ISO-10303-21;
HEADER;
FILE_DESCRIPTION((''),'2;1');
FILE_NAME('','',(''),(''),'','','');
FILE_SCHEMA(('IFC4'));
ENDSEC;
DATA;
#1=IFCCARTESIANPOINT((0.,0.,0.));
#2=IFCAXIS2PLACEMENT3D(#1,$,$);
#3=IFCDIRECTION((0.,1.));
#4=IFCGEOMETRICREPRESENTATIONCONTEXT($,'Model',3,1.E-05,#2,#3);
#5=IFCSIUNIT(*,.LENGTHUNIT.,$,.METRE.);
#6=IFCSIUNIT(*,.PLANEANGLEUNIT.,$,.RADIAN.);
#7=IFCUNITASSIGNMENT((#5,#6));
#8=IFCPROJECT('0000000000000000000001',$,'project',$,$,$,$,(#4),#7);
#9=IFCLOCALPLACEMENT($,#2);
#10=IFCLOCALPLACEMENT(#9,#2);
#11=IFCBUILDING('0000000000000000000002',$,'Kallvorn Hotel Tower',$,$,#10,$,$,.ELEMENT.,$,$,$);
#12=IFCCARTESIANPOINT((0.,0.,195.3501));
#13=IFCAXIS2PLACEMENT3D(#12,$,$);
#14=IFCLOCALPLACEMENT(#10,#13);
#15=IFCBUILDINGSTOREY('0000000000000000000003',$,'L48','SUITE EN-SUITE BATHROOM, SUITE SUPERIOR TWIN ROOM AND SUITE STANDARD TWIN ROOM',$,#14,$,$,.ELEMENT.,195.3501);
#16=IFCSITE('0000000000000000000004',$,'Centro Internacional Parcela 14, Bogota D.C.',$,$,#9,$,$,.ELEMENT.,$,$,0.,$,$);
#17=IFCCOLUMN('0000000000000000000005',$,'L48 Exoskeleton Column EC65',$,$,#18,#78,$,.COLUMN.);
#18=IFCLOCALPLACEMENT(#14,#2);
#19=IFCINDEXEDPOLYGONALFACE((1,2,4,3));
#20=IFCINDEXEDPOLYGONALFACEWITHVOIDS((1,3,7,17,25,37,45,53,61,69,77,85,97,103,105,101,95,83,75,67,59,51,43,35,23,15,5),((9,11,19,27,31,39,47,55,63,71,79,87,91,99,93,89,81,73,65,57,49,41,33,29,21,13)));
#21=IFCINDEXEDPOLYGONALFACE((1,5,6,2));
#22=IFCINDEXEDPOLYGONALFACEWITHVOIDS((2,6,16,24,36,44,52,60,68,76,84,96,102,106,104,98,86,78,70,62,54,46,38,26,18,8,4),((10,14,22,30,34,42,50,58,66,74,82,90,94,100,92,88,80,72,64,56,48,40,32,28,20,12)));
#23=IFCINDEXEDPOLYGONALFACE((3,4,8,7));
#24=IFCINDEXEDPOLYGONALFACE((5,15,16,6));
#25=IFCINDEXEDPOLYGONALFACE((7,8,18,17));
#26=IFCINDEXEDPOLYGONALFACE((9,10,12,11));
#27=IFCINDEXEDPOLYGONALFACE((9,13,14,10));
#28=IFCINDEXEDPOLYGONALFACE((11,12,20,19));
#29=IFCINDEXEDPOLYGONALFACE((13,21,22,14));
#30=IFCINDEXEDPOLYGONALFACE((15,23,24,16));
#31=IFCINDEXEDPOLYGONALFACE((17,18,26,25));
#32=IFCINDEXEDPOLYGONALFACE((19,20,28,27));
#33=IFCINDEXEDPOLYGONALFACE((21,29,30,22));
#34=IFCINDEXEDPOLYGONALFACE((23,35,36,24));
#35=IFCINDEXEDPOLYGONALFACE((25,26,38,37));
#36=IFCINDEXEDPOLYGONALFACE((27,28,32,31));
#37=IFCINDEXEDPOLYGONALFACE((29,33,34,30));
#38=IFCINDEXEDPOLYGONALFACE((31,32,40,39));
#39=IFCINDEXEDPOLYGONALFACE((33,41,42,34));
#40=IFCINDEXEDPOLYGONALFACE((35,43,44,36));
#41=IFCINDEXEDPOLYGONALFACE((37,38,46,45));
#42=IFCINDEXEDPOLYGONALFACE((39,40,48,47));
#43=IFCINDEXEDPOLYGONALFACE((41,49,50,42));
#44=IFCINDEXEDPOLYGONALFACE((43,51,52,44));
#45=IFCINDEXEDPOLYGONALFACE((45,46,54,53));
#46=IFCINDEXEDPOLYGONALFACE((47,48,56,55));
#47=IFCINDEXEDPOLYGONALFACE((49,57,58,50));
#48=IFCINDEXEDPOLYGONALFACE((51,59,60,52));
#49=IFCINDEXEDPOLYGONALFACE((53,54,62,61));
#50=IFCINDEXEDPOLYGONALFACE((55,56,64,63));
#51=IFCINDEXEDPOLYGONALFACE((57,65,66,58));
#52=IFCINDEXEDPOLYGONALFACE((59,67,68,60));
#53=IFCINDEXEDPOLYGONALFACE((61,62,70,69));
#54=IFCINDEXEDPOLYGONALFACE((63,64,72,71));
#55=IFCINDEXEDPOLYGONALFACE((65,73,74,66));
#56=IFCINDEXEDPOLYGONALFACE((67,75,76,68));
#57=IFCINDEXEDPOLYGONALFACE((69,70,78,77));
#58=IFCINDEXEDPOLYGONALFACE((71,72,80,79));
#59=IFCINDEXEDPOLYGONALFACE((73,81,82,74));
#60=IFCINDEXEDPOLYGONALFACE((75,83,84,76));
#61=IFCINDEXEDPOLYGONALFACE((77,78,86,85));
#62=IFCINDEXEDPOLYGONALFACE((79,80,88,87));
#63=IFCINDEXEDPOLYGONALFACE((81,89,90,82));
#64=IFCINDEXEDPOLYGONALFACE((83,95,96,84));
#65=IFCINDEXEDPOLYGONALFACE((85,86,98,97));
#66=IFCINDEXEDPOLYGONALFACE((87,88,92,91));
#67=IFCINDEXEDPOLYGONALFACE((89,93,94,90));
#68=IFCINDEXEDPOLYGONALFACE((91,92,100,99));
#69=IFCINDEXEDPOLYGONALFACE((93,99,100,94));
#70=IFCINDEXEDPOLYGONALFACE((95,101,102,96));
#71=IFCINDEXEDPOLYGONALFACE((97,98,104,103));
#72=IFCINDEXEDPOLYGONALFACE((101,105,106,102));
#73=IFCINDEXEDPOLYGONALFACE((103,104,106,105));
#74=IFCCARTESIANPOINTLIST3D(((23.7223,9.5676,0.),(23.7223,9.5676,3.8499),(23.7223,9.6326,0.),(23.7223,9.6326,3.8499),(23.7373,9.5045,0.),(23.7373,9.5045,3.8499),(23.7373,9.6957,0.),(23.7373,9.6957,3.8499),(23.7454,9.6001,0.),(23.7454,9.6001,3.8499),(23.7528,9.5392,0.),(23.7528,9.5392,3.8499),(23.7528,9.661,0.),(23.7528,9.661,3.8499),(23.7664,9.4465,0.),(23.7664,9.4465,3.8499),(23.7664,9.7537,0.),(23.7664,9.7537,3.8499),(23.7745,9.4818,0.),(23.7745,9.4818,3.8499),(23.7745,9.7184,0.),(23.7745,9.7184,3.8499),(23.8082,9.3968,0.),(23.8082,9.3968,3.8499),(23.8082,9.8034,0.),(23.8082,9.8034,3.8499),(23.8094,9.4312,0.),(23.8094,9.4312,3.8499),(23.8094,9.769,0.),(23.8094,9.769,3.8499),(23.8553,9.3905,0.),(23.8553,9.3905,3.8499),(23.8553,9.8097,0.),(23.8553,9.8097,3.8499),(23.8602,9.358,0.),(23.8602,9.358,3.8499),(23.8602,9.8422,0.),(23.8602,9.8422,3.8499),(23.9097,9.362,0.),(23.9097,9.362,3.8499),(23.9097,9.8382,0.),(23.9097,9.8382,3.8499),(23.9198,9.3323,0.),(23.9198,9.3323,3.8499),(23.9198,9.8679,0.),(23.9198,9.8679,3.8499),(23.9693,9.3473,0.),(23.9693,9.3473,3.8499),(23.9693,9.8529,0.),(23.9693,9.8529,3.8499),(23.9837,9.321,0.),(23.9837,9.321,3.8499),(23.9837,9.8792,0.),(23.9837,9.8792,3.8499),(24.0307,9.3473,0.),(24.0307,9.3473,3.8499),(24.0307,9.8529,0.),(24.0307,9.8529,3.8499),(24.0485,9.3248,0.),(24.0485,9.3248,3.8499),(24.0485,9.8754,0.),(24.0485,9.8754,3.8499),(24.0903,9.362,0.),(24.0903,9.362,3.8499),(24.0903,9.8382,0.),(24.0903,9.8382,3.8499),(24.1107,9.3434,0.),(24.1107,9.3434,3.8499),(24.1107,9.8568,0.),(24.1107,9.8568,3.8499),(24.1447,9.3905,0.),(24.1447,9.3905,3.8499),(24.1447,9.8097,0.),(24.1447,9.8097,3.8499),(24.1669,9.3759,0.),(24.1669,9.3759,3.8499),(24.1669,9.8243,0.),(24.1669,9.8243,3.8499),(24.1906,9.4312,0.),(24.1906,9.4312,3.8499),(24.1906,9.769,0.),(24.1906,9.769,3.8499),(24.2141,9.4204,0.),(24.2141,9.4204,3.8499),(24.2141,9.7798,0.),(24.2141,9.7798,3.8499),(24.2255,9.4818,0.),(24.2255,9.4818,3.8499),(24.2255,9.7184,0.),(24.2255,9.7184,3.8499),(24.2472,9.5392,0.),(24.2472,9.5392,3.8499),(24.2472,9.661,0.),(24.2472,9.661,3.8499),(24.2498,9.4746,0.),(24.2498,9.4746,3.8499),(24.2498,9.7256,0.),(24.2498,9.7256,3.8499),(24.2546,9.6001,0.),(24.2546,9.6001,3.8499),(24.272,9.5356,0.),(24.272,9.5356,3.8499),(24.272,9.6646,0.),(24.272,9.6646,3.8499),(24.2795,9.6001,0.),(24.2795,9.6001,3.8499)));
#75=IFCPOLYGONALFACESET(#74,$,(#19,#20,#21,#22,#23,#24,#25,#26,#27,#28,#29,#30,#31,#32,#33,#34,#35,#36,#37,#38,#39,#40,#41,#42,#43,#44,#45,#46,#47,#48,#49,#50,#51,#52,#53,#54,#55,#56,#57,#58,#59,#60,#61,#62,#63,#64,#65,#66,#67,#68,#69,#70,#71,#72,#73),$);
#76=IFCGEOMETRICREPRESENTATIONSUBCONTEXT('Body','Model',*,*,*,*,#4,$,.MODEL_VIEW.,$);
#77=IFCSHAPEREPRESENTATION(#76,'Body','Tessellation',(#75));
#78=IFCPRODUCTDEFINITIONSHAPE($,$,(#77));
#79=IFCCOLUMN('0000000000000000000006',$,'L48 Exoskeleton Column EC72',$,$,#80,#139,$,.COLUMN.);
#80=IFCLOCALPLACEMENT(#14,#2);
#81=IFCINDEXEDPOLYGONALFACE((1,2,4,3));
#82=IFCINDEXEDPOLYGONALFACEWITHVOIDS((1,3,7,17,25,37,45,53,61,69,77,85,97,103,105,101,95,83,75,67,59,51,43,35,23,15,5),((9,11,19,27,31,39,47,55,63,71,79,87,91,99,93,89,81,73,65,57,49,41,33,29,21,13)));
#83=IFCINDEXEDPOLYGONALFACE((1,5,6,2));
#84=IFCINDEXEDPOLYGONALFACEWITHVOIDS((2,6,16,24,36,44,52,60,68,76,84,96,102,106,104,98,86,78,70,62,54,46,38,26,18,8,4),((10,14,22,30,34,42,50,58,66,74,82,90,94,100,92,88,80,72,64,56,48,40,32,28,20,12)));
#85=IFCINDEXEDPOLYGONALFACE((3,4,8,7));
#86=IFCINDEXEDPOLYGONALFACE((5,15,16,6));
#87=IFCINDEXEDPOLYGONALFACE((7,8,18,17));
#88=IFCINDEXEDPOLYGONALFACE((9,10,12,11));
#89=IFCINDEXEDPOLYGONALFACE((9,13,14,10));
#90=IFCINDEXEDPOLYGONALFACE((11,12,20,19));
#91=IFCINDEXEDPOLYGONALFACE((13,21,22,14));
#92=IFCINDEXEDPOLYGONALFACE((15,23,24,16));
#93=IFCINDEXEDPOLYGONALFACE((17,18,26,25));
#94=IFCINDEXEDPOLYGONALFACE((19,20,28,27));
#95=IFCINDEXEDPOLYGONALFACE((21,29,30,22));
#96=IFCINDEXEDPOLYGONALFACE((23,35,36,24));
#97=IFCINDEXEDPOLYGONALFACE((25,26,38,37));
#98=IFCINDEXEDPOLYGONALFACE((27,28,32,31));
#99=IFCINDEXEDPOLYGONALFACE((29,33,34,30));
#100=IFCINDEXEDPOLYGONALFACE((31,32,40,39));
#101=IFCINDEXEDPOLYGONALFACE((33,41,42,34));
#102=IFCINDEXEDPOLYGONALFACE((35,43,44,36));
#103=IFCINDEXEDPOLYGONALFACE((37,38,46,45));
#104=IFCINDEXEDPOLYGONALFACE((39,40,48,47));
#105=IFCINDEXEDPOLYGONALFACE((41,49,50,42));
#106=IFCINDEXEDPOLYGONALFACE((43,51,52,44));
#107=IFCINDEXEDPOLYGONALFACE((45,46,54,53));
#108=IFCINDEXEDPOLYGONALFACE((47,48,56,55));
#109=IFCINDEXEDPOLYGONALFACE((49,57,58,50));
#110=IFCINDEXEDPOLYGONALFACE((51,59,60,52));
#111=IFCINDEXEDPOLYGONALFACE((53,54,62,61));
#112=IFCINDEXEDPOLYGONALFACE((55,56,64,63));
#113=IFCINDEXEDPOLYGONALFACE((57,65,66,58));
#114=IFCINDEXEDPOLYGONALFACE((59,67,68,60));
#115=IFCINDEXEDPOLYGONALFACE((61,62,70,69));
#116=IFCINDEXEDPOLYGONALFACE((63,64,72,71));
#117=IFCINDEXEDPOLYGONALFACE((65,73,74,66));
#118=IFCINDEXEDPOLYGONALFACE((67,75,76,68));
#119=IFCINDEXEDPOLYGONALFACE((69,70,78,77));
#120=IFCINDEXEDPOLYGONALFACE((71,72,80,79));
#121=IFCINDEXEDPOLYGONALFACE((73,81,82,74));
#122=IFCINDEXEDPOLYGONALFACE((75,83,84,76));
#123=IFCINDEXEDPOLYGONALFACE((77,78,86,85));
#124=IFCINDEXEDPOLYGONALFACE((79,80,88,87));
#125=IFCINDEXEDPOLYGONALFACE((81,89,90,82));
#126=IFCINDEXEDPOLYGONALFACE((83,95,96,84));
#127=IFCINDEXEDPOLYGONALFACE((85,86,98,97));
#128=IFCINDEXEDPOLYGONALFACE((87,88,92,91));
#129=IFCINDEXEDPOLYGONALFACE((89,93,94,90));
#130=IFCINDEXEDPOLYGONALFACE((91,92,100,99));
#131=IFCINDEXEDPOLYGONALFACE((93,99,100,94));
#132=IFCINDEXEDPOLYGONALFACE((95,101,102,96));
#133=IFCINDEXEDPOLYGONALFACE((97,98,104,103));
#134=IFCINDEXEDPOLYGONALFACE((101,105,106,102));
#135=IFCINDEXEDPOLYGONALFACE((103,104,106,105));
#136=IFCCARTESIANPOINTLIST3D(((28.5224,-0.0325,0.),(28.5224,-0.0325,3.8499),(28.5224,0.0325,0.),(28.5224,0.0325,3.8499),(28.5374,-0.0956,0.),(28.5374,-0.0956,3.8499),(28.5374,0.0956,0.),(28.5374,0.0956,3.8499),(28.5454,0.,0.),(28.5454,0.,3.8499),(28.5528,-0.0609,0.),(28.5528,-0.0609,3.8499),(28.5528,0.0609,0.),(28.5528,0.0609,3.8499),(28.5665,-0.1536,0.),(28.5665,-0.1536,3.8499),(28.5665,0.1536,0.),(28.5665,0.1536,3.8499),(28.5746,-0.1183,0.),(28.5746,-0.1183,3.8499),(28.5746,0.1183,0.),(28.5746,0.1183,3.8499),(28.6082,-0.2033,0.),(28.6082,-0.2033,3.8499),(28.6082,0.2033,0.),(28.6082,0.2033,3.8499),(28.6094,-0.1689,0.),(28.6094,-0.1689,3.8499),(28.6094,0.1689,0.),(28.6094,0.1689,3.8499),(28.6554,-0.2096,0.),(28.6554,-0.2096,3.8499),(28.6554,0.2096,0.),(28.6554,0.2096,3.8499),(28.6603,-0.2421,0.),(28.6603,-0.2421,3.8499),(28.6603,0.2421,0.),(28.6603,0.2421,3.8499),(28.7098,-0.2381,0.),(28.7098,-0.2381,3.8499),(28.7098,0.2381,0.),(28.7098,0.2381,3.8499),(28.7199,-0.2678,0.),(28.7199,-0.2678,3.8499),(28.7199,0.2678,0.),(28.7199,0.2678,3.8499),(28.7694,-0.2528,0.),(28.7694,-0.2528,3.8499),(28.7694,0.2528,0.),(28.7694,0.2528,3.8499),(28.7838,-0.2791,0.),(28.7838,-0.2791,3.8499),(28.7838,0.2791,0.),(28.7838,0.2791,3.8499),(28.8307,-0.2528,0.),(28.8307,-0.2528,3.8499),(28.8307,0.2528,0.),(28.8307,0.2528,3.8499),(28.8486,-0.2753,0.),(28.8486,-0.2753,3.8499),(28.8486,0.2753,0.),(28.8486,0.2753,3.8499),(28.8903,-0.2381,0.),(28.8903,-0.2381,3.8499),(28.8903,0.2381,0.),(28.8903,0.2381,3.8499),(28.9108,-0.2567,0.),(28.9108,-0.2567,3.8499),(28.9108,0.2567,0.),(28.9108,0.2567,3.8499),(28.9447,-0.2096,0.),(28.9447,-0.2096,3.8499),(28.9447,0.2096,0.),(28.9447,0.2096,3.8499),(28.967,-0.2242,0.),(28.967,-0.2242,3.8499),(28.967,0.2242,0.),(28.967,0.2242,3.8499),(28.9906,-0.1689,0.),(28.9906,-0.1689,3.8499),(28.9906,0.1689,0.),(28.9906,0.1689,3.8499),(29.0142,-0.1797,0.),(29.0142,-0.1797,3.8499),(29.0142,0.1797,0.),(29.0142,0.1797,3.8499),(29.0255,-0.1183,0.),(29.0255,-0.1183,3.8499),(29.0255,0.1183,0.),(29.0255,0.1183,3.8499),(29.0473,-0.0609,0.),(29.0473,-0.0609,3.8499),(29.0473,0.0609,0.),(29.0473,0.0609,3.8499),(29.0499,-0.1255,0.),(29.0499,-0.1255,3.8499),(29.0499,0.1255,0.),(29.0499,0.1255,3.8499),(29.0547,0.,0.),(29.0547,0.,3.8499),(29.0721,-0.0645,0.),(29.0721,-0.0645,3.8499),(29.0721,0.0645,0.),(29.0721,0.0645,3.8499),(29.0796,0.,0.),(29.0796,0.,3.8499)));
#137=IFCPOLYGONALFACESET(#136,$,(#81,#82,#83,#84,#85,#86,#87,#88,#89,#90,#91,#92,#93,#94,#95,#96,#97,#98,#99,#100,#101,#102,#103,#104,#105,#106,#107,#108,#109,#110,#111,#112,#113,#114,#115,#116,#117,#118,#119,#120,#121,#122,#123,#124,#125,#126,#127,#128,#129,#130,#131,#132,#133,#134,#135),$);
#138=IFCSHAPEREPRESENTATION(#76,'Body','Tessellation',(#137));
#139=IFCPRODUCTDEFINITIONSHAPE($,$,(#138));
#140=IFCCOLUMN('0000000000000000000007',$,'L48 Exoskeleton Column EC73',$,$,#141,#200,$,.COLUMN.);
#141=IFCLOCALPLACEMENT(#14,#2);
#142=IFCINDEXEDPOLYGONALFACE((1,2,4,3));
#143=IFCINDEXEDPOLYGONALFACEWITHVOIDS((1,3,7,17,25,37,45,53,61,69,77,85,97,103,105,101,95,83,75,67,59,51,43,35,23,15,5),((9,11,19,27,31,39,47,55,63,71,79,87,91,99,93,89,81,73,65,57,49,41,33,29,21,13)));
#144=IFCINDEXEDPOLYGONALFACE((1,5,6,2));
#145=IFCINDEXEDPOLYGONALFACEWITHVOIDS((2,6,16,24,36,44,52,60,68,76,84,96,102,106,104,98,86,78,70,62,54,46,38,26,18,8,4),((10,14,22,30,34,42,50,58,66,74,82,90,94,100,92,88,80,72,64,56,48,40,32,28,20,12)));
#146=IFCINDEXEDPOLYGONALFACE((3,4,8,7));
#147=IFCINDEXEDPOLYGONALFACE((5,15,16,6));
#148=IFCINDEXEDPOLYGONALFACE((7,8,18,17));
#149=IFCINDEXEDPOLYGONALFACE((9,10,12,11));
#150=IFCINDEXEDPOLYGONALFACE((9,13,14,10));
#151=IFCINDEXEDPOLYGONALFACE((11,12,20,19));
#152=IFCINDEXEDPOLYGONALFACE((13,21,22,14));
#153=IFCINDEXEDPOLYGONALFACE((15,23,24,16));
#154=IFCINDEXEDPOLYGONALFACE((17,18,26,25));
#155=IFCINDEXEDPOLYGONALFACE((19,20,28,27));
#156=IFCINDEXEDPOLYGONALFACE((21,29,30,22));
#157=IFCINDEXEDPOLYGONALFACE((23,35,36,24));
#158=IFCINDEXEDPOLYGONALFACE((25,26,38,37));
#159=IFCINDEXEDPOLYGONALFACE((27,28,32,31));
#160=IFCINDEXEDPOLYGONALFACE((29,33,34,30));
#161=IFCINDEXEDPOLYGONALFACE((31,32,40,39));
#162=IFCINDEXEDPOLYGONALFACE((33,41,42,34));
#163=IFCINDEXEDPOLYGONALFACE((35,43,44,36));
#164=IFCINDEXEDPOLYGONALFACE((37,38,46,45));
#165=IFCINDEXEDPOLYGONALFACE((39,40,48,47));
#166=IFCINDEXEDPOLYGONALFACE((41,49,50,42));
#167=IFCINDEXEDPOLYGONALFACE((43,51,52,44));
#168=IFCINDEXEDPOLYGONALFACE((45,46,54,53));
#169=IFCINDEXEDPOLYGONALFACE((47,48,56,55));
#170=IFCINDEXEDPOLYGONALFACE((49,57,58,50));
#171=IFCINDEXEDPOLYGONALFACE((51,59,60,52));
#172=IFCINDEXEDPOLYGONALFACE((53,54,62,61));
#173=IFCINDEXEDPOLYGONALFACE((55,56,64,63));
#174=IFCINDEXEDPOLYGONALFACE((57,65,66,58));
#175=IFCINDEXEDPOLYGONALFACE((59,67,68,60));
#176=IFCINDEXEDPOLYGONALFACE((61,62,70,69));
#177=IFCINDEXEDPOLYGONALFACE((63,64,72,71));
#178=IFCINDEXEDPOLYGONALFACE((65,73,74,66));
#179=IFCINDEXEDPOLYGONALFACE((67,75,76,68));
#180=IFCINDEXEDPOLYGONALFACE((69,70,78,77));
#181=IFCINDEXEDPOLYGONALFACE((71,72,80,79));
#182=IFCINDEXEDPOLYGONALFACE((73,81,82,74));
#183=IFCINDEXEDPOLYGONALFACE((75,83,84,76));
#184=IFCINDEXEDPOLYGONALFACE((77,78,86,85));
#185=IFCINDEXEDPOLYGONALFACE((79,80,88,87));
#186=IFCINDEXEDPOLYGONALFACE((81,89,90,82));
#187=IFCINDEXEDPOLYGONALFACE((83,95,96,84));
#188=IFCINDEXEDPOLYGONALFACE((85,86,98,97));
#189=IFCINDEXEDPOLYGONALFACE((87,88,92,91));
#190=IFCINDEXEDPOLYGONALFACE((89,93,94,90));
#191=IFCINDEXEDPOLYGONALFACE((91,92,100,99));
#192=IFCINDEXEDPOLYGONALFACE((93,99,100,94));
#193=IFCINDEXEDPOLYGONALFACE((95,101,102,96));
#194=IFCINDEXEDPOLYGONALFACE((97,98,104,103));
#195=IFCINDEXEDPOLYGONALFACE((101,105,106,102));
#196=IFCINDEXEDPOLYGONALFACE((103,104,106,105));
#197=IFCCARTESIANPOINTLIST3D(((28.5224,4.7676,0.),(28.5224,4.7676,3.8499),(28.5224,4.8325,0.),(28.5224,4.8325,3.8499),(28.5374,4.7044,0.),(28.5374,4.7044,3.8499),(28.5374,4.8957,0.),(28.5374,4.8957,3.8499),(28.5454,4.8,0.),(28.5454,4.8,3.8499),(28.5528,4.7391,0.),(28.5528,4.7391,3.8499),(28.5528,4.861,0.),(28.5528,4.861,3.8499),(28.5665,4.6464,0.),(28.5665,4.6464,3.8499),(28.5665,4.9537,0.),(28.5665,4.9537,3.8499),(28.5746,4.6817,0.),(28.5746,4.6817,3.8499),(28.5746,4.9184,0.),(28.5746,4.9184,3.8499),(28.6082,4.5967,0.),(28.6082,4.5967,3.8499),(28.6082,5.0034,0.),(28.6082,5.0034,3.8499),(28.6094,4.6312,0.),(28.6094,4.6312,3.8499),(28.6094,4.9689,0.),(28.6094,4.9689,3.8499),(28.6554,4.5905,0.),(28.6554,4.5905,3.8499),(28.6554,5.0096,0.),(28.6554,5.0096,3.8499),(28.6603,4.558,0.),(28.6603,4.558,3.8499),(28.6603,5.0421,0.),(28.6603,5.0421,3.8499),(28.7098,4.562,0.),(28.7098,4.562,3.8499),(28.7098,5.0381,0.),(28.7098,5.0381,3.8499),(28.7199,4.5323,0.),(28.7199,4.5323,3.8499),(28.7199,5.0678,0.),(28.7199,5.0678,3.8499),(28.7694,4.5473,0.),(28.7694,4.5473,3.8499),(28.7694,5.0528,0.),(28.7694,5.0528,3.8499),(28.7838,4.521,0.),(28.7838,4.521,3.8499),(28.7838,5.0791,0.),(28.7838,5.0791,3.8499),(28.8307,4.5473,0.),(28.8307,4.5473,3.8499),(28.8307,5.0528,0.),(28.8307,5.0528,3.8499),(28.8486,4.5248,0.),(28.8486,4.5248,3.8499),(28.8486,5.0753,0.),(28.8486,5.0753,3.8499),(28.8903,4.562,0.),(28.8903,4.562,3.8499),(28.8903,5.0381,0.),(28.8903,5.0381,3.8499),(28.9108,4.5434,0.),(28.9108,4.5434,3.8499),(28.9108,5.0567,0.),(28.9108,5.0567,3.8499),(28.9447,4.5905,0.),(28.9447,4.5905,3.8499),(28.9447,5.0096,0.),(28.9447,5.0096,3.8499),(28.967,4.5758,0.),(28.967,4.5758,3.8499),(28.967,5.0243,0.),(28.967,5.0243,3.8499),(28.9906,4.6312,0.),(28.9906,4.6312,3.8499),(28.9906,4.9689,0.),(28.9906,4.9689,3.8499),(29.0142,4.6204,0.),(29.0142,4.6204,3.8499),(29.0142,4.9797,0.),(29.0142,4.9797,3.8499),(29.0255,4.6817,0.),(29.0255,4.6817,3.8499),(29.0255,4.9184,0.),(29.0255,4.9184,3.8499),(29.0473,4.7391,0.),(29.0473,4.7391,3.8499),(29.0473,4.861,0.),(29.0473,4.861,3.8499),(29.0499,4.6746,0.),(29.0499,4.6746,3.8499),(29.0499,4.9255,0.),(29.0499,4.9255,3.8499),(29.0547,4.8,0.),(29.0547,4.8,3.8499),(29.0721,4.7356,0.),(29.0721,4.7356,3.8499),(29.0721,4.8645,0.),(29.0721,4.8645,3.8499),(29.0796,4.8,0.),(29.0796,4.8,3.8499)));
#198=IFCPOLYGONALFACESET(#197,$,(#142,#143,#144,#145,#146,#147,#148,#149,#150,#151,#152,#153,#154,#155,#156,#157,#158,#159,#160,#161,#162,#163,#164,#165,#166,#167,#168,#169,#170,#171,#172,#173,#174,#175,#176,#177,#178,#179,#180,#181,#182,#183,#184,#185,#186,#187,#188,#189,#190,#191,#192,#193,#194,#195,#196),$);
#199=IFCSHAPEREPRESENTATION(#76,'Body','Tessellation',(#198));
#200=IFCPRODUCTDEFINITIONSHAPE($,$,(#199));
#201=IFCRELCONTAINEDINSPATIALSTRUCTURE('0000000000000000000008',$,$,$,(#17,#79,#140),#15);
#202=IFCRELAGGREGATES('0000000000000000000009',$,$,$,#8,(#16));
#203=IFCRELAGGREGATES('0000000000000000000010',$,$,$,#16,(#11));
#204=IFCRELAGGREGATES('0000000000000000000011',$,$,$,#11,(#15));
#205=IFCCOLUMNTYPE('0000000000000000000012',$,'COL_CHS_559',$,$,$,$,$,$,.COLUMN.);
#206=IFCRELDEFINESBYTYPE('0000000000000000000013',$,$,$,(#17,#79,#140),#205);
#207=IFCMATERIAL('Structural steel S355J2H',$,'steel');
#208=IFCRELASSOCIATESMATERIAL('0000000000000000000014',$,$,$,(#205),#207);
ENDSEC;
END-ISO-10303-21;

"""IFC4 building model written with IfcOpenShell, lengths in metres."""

from ifc_helpers import new_model, si_unit, direction, frame, origin, origin_2d, place, context, subcontext, project, spatial, hollow_circle, extrude, material, material_profile, profile_set, type_object, element, save


model = new_model("IFC4")

# Units and contexts
model_context = context("Model", 3, precision=1e-05, world=origin(), true_north=direction((0.0, 1.0)))
body_context = subcontext(model_context, "Body", "Model", "MODEL_VIEW")
ifc_project = project(units=[si_unit("LENGTHUNIT", "METRE"), si_unit("PLANEANGLEUNIT", "RADIAN")], contexts=[model_context])

# Site, building, storey
site_placement = place(None, origin())
site = spatial("IfcSite", under=ifc_project, at=site_placement, Name="Centro Internacional Parcela 14, Bogota D.C.", CompositionType="ELEMENT", RefElevation=0.0)
building_placement = place(site_placement, origin())
building = spatial("IfcBuilding", under=site, at=building_placement, Name="Kallvorn Hotel Tower", CompositionType="ELEMENT")
storey_placement = place(building_placement, frame((0.0, 0.0, 195.3501)))
storey = spatial("IfcBuildingStorey", under=building, at=storey_placement, Name="L48", Description="SUITE EN-SUITE BATHROOM, SUITE SUPERIOR TWIN ROOM AND SUITE STANDARD TWIN ROOM", CompositionType="ELEMENT", Elevation=195.3501)

# Columns
ifc_material_1 = material(Name="Structural steel S355J2H", Category="steel")
ifc_material_profile_1 = material_profile(ifc_material_1, hollow_circle(Radius=0.2795, WallThickness=0.0249, at=origin_2d()), Name="CHS 559x25")
ifc_profile_set_1 = profile_set([ifc_material_profile_1], Name="Structural steel S355J2H")
column_type_1 = type_object("IfcColumnType", Name="COL_CHS_559", PredefinedType="COLUMN", material=ifc_profile_set_1)
for number, where, z_axis, x_axis, name in (
    (1, (24.0, 9.6001, 0.0), (0.0, 0.0, 1.0), (1.0, 0.0, 0.0), "L48 Exoskeleton Column EC65"),
    (2, (28.8, 0.0, 0.0), (0.0, 0.0, 1.0), (1.0, 0.0, 0.0), "L48 Exoskeleton Column EC72"),
    (3, (28.8, 4.8, 0.0), (0.0, 0.0, 1.0), (1.0, 0.0, 0.0), "L48 Exoskeleton Column EC73"),
):
    element("IfcColumn", number, at=place(storey_placement, frame(where, z_axis=z_axis, x_axis=x_axis)), inside=storey, type_object=column_type_1, Name=name, PredefinedType="COLUMN", context=body_context, shape_type="SweptSolid", body=[
        extrude(hollow_circle(Radius=0.2795, WallThickness=0.0249, at=origin_2d()), origin(), (0.0, 0.0, 1.0), 3.8499),
    ])

save(model, "model.ifc")
